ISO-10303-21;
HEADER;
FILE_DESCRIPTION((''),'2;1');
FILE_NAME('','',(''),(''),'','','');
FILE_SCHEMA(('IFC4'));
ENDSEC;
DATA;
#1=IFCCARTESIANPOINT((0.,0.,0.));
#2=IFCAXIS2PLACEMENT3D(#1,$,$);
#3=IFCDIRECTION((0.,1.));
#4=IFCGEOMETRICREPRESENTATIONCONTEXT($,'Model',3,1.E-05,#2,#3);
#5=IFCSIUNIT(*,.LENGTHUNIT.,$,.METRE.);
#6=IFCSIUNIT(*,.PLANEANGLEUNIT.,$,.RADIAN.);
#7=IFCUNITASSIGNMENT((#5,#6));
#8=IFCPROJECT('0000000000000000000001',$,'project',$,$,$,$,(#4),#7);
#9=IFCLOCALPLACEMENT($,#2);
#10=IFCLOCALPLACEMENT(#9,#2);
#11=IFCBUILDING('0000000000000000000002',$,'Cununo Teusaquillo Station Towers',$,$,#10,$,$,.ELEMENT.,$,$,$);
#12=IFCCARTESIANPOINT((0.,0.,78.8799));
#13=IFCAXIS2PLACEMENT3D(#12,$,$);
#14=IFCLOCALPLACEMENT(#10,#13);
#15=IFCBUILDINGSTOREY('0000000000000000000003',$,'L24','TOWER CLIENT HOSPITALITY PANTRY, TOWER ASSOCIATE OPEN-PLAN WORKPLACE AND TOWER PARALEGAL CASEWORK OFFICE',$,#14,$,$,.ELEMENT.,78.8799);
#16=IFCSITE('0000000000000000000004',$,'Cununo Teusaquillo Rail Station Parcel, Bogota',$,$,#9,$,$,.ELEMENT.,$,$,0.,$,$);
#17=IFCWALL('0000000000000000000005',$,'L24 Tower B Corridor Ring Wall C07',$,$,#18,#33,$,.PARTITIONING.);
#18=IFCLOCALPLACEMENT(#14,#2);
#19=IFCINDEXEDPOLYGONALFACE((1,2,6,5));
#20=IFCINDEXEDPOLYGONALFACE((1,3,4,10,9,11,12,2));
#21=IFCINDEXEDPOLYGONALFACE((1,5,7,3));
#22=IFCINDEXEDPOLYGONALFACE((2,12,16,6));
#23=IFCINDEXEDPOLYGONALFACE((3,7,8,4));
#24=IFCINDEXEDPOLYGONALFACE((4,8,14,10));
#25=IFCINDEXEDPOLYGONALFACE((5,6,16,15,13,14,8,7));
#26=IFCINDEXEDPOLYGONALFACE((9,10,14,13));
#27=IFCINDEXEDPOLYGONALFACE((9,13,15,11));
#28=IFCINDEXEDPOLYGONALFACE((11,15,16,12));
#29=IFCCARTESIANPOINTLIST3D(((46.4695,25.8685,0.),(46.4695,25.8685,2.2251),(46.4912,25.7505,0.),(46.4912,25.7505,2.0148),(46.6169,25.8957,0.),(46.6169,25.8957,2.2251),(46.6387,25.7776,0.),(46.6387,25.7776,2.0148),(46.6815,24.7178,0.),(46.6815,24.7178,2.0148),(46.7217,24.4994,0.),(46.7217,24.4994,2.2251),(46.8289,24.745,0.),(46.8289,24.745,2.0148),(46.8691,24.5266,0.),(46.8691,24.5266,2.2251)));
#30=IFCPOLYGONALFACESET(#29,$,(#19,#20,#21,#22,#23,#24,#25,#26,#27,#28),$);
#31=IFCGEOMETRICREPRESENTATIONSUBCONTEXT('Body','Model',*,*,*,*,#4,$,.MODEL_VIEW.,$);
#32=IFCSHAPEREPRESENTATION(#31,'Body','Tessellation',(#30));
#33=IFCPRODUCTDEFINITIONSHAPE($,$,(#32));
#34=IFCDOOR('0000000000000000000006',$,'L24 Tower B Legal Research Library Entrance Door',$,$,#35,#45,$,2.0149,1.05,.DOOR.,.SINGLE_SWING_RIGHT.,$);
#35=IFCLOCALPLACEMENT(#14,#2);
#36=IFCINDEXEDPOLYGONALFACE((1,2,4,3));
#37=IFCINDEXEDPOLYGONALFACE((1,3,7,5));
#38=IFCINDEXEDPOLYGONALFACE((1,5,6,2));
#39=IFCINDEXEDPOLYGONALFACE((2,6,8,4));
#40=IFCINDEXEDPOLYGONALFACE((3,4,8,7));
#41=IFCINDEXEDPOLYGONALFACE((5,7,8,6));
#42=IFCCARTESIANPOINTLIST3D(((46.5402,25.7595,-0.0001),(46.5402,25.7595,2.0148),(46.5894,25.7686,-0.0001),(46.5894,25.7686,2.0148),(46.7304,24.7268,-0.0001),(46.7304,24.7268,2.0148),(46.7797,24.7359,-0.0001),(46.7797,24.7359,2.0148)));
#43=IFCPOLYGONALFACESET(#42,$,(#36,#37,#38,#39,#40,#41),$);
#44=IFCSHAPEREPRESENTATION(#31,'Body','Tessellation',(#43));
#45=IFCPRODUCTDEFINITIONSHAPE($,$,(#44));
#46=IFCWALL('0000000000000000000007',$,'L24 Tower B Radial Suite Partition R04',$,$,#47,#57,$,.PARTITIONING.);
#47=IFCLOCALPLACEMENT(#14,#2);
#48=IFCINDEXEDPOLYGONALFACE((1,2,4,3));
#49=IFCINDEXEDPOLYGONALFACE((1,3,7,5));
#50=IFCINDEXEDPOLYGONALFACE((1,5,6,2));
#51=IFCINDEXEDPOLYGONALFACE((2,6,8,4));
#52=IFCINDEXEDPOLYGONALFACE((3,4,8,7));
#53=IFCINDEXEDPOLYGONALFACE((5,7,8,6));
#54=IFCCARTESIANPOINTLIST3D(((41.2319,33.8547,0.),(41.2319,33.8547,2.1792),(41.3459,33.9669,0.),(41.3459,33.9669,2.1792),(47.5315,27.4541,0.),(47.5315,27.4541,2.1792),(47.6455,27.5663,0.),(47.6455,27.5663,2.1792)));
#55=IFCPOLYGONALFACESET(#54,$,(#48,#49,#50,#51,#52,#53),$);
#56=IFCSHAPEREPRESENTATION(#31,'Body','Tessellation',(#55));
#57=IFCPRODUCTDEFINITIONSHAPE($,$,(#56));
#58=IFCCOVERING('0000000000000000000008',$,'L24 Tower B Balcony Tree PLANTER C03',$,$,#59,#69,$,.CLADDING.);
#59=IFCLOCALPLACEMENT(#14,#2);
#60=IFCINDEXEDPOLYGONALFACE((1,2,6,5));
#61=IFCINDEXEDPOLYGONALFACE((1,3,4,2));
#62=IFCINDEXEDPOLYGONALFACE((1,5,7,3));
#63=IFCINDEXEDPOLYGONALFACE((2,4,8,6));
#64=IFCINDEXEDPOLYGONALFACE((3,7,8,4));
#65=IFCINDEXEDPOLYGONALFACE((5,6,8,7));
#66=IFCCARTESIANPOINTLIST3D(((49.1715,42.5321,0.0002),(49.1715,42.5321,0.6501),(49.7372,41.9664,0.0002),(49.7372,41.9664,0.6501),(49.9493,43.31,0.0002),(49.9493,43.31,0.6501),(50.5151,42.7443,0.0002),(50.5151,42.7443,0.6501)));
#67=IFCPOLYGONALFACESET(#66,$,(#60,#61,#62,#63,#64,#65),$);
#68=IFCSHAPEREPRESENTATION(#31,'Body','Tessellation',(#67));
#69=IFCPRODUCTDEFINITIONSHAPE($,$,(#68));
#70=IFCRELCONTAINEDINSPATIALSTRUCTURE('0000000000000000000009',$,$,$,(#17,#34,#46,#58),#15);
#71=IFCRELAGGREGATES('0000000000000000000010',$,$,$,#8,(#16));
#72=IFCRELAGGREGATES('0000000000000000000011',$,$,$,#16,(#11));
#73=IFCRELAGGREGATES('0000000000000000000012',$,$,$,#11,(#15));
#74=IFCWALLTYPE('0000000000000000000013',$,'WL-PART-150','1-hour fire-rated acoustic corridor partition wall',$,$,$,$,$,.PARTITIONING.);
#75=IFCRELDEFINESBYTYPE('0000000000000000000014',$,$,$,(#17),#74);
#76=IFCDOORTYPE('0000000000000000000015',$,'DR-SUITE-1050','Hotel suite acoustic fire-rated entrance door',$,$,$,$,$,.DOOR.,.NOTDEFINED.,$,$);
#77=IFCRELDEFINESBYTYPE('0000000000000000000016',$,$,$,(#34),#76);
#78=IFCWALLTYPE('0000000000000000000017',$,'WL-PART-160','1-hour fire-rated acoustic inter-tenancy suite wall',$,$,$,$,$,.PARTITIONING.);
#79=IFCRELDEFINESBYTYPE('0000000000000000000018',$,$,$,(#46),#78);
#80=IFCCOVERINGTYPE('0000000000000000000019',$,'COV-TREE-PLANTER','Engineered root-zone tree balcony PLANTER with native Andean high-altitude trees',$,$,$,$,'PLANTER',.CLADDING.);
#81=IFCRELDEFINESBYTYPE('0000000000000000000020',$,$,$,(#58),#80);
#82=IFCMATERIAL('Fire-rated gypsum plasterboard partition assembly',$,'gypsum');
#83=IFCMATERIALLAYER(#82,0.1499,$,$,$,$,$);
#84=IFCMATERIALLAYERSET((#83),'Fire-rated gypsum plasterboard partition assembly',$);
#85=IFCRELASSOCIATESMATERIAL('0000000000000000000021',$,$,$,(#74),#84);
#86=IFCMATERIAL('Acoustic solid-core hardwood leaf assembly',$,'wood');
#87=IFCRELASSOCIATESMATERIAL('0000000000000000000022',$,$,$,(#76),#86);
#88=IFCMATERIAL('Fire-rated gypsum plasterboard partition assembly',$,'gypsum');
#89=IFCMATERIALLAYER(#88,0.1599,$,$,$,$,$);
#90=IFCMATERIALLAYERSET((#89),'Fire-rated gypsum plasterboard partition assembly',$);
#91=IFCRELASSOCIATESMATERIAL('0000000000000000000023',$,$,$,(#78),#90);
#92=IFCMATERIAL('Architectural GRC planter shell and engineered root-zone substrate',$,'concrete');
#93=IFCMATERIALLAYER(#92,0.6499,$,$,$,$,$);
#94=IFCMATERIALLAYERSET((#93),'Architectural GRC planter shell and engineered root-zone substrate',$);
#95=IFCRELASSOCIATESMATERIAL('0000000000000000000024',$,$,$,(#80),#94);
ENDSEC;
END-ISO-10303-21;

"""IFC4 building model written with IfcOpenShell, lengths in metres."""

from ifc_helpers import new_model, si_unit, direction, frame, frame_2d, origin, origin_2d, place, context, subcontext, project, spatial, rectangle, extrude, source, transform, mapped, material, layer, layer_set, type_object, element, fill, save


model = new_model("IFC4")

# Units and contexts
model_context = context("Model", 3, precision=1e-05, world=origin(), true_north=direction((0.0, 1.0)))
body_context = subcontext(model_context, "Body", "Model", "MODEL_VIEW")
ifc_project = project(units=[si_unit("LENGTHUNIT", "METRE"), si_unit("PLANEANGLEUNIT", "RADIAN")], contexts=[model_context])

# Site, building, storey
site_placement = place(None, origin())
site = spatial("IfcSite", under=ifc_project, at=site_placement, Name="Cununo Teusaquillo Rail Station Parcel, Bogota", CompositionType="ELEMENT", RefElevation=0.0)
building_placement = place(site_placement, origin())
building = spatial("IfcBuilding", under=site, at=building_placement, Name="Cununo Teusaquillo Station Towers", CompositionType="ELEMENT")
storey_placement = place(building_placement, frame((0.0, 0.0, 78.8799)))
storey = spatial("IfcBuildingStorey", under=building, at=storey_placement, Name="L24", Description="TOWER CLIENT HOSPITALITY PANTRY, TOWER ASSOCIATE OPEN-PLAN WORKPLACE AND TOWER PARALEGAL CASEWORK OFFICE", CompositionType="ELEMENT", Elevation=78.8799)

# Shared definitions
ifc_material_1 = material(Name="Fire-rated gypsum plasterboard partition assembly", Category="gypsum")
ifc_layer_1 = layer(ifc_material_1, 0.1499)
ifc_layer_set_1 = layer_set([ifc_layer_1], Name="Fire-rated gypsum plasterboard partition assembly")
wall_type_1 = type_object("IfcWallType", Name="WL-PART-150", Description="1-hour fire-rated acoustic corridor partition wall", PredefinedType="PARTITIONING", material=ifc_layer_set_1)

# Wall, opening, door
wall_1_placement = place(storey_placement, frame((46.5432, 25.8821, 0.0), z_axis=(0.0, 0.0, 1.0), x_axis=(0.181154, -0.983455, 0.0)))
wall_1 = element("IfcWall", 1, at=wall_1_placement, inside=storey, type_object=wall_type_1, Name="L24 Tower B Corridor Ring Wall C07", PredefinedType="PARTITIONING", context=body_context, shape_type="SweptSolid", body=[
    extrude(rectangle(XDim=1.3921, YDim=0.1499, at=frame_2d((0.696, 0.0))), origin(), (0.0, 0.0, 1.0), 2.2251),
])
shared_shape_1 = source(origin(), body_context, "Body", "SweptSolid", [
    extrude(rectangle(XDim=1.05, YDim=2.0149, at=frame_2d((0.5249, 1.0073))), frame((0.0, 0.085, 0.0), z_axis=(0.0, -1.0, 0.0), x_axis=(1.0, 0.0, 0.0)), (0.0, 0.0, 1.0), 0.1699),
])
opening_1_placement = place(wall_1_placement, frame((0.1201, 0.0, 0.0)))
opening_1 = element("IfcOpeningElement", 2, at=opening_1_placement, cuts=wall_1, PredefinedType="OPENING", context=body_context, shape_type="MappedRepresentation", body=[
    mapped(shared_shape_1, transform((0.0, 0.0, 0.0), x_axis=(1.0, 0.0, 0.0), y_axis=(0.0, 1.0, 0.0), z_axis=(0.0, 0.0, 1.0), scale=1.0)),
])
ifc_material_2 = material(Name="Acoustic solid-core hardwood leaf assembly", Category="wood")
door_type_1 = type_object("IfcDoorType", Name="DR-SUITE-1050", Description="Hotel suite acoustic fire-rated entrance door", OperationType="NOTDEFINED", PredefinedType="DOOR", material=ifc_material_2)
shared_shape_2 = source(origin(), body_context, "Body", "SweptSolid", [
    extrude(rectangle(XDim=1.05, YDim=2.0149, at=frame_2d((0.5249, 1.0073))), frame((0.0, 0.0249, 0.0), z_axis=(0.0, -1.0, 0.0), x_axis=(1.0, 0.0, 0.0)), (0.0, 0.0, 1.0), 0.05),
])
door_1_placement = place(opening_1_placement, origin())
door_1 = element("IfcDoor", 3, at=door_1_placement, inside=storey, type_object=door_type_1, Name="L24 Tower B Legal Research Library Entrance Door", OperationType="SINGLE_SWING_RIGHT", OverallHeight=2.0149, OverallWidth=1.05, PredefinedType="DOOR", context=body_context, shape_type="MappedRepresentation", body=[
    mapped(shared_shape_2, transform((0.0, 0.0, 0.0), x_axis=(1.0, 0.0, 0.0), y_axis=(0.0, 1.0, 0.0), z_axis=(0.0, 0.0, 1.0), scale=1.0)),
])
fill(opening_1, door_1)

# Wall
ifc_material_3 = material(Name="Fire-rated gypsum plasterboard partition assembly", Category="gypsum")
ifc_layer_2 = layer(ifc_material_3, 0.1599)
ifc_layer_set_2 = layer_set([ifc_layer_2], Name="Fire-rated gypsum plasterboard partition assembly")
wall_type_2 = type_object("IfcWallType", Name="WL-PART-160", Description="1-hour fire-rated acoustic inter-tenancy suite wall", PredefinedType="PARTITIONING", material=ifc_layer_set_2)
wall_2_placement = place(storey_placement, frame((47.5884, 27.5103, 0.0), z_axis=(0.0, 0.0, 1.0), x_axis=(-0.701457, 0.712712, 0.0)))
element("IfcWall", 4, at=wall_2_placement, inside=storey, type_object=wall_type_2, Name="L24 Tower B Radial Suite Partition R04", PredefinedType="PARTITIONING", context=body_context, shape_type="SweptSolid", body=[
    extrude(rectangle(XDim=8.9807, YDim=0.1599, at=frame_2d((4.4902, 0.0))), origin(), (0.0, 0.0, 1.0), 2.1792),
])

# Covering
ifc_material_4 = material(Name="Architectural GRC planter shell and engineered root-zone substrate", Category="concrete")
ifc_layer_3 = layer(ifc_material_4, 0.6499)
ifc_layer_set_3 = layer_set([ifc_layer_3], Name="Architectural GRC planter shell and engineered root-zone substrate")
covering_type = type_object("IfcCoveringType", Name="COV-TREE-PLANTER", Description="Engineered root-zone tree balcony PLANTER with native Andean high-altitude trees", ElementType="PLANTER", PredefinedType="CLADDING", material=ifc_layer_set_3)
shared_shape_3 = source(origin(), body_context, "Body", "SweptSolid", [
    extrude(rectangle(XDim=1.1001, YDim=0.8, at=origin_2d()), origin(), (0.0, 0.0, 1.0), 0.6499),
])
covering_placement = place(storey_placement, frame((49.8433, 42.6382, 0.0002), z_axis=(0.0, 0.0, 1.0), x_axis=(0.707107, 0.707107, 0.0)))
element("IfcCovering", 5, at=covering_placement, inside=storey, type_object=covering_type, Name="L24 Tower B Balcony Tree PLANTER C03", PredefinedType="CLADDING", context=body_context, shape_type="MappedRepresentation", body=[
    mapped(shared_shape_3, transform((0.0, 0.0, 0.0), x_axis=(1.0, 0.0, 0.0), y_axis=(0.0, 1.0, 0.0), z_axis=(0.0, 0.0, 1.0), scale=1.0)),
])

save(model, "model.ifc")
